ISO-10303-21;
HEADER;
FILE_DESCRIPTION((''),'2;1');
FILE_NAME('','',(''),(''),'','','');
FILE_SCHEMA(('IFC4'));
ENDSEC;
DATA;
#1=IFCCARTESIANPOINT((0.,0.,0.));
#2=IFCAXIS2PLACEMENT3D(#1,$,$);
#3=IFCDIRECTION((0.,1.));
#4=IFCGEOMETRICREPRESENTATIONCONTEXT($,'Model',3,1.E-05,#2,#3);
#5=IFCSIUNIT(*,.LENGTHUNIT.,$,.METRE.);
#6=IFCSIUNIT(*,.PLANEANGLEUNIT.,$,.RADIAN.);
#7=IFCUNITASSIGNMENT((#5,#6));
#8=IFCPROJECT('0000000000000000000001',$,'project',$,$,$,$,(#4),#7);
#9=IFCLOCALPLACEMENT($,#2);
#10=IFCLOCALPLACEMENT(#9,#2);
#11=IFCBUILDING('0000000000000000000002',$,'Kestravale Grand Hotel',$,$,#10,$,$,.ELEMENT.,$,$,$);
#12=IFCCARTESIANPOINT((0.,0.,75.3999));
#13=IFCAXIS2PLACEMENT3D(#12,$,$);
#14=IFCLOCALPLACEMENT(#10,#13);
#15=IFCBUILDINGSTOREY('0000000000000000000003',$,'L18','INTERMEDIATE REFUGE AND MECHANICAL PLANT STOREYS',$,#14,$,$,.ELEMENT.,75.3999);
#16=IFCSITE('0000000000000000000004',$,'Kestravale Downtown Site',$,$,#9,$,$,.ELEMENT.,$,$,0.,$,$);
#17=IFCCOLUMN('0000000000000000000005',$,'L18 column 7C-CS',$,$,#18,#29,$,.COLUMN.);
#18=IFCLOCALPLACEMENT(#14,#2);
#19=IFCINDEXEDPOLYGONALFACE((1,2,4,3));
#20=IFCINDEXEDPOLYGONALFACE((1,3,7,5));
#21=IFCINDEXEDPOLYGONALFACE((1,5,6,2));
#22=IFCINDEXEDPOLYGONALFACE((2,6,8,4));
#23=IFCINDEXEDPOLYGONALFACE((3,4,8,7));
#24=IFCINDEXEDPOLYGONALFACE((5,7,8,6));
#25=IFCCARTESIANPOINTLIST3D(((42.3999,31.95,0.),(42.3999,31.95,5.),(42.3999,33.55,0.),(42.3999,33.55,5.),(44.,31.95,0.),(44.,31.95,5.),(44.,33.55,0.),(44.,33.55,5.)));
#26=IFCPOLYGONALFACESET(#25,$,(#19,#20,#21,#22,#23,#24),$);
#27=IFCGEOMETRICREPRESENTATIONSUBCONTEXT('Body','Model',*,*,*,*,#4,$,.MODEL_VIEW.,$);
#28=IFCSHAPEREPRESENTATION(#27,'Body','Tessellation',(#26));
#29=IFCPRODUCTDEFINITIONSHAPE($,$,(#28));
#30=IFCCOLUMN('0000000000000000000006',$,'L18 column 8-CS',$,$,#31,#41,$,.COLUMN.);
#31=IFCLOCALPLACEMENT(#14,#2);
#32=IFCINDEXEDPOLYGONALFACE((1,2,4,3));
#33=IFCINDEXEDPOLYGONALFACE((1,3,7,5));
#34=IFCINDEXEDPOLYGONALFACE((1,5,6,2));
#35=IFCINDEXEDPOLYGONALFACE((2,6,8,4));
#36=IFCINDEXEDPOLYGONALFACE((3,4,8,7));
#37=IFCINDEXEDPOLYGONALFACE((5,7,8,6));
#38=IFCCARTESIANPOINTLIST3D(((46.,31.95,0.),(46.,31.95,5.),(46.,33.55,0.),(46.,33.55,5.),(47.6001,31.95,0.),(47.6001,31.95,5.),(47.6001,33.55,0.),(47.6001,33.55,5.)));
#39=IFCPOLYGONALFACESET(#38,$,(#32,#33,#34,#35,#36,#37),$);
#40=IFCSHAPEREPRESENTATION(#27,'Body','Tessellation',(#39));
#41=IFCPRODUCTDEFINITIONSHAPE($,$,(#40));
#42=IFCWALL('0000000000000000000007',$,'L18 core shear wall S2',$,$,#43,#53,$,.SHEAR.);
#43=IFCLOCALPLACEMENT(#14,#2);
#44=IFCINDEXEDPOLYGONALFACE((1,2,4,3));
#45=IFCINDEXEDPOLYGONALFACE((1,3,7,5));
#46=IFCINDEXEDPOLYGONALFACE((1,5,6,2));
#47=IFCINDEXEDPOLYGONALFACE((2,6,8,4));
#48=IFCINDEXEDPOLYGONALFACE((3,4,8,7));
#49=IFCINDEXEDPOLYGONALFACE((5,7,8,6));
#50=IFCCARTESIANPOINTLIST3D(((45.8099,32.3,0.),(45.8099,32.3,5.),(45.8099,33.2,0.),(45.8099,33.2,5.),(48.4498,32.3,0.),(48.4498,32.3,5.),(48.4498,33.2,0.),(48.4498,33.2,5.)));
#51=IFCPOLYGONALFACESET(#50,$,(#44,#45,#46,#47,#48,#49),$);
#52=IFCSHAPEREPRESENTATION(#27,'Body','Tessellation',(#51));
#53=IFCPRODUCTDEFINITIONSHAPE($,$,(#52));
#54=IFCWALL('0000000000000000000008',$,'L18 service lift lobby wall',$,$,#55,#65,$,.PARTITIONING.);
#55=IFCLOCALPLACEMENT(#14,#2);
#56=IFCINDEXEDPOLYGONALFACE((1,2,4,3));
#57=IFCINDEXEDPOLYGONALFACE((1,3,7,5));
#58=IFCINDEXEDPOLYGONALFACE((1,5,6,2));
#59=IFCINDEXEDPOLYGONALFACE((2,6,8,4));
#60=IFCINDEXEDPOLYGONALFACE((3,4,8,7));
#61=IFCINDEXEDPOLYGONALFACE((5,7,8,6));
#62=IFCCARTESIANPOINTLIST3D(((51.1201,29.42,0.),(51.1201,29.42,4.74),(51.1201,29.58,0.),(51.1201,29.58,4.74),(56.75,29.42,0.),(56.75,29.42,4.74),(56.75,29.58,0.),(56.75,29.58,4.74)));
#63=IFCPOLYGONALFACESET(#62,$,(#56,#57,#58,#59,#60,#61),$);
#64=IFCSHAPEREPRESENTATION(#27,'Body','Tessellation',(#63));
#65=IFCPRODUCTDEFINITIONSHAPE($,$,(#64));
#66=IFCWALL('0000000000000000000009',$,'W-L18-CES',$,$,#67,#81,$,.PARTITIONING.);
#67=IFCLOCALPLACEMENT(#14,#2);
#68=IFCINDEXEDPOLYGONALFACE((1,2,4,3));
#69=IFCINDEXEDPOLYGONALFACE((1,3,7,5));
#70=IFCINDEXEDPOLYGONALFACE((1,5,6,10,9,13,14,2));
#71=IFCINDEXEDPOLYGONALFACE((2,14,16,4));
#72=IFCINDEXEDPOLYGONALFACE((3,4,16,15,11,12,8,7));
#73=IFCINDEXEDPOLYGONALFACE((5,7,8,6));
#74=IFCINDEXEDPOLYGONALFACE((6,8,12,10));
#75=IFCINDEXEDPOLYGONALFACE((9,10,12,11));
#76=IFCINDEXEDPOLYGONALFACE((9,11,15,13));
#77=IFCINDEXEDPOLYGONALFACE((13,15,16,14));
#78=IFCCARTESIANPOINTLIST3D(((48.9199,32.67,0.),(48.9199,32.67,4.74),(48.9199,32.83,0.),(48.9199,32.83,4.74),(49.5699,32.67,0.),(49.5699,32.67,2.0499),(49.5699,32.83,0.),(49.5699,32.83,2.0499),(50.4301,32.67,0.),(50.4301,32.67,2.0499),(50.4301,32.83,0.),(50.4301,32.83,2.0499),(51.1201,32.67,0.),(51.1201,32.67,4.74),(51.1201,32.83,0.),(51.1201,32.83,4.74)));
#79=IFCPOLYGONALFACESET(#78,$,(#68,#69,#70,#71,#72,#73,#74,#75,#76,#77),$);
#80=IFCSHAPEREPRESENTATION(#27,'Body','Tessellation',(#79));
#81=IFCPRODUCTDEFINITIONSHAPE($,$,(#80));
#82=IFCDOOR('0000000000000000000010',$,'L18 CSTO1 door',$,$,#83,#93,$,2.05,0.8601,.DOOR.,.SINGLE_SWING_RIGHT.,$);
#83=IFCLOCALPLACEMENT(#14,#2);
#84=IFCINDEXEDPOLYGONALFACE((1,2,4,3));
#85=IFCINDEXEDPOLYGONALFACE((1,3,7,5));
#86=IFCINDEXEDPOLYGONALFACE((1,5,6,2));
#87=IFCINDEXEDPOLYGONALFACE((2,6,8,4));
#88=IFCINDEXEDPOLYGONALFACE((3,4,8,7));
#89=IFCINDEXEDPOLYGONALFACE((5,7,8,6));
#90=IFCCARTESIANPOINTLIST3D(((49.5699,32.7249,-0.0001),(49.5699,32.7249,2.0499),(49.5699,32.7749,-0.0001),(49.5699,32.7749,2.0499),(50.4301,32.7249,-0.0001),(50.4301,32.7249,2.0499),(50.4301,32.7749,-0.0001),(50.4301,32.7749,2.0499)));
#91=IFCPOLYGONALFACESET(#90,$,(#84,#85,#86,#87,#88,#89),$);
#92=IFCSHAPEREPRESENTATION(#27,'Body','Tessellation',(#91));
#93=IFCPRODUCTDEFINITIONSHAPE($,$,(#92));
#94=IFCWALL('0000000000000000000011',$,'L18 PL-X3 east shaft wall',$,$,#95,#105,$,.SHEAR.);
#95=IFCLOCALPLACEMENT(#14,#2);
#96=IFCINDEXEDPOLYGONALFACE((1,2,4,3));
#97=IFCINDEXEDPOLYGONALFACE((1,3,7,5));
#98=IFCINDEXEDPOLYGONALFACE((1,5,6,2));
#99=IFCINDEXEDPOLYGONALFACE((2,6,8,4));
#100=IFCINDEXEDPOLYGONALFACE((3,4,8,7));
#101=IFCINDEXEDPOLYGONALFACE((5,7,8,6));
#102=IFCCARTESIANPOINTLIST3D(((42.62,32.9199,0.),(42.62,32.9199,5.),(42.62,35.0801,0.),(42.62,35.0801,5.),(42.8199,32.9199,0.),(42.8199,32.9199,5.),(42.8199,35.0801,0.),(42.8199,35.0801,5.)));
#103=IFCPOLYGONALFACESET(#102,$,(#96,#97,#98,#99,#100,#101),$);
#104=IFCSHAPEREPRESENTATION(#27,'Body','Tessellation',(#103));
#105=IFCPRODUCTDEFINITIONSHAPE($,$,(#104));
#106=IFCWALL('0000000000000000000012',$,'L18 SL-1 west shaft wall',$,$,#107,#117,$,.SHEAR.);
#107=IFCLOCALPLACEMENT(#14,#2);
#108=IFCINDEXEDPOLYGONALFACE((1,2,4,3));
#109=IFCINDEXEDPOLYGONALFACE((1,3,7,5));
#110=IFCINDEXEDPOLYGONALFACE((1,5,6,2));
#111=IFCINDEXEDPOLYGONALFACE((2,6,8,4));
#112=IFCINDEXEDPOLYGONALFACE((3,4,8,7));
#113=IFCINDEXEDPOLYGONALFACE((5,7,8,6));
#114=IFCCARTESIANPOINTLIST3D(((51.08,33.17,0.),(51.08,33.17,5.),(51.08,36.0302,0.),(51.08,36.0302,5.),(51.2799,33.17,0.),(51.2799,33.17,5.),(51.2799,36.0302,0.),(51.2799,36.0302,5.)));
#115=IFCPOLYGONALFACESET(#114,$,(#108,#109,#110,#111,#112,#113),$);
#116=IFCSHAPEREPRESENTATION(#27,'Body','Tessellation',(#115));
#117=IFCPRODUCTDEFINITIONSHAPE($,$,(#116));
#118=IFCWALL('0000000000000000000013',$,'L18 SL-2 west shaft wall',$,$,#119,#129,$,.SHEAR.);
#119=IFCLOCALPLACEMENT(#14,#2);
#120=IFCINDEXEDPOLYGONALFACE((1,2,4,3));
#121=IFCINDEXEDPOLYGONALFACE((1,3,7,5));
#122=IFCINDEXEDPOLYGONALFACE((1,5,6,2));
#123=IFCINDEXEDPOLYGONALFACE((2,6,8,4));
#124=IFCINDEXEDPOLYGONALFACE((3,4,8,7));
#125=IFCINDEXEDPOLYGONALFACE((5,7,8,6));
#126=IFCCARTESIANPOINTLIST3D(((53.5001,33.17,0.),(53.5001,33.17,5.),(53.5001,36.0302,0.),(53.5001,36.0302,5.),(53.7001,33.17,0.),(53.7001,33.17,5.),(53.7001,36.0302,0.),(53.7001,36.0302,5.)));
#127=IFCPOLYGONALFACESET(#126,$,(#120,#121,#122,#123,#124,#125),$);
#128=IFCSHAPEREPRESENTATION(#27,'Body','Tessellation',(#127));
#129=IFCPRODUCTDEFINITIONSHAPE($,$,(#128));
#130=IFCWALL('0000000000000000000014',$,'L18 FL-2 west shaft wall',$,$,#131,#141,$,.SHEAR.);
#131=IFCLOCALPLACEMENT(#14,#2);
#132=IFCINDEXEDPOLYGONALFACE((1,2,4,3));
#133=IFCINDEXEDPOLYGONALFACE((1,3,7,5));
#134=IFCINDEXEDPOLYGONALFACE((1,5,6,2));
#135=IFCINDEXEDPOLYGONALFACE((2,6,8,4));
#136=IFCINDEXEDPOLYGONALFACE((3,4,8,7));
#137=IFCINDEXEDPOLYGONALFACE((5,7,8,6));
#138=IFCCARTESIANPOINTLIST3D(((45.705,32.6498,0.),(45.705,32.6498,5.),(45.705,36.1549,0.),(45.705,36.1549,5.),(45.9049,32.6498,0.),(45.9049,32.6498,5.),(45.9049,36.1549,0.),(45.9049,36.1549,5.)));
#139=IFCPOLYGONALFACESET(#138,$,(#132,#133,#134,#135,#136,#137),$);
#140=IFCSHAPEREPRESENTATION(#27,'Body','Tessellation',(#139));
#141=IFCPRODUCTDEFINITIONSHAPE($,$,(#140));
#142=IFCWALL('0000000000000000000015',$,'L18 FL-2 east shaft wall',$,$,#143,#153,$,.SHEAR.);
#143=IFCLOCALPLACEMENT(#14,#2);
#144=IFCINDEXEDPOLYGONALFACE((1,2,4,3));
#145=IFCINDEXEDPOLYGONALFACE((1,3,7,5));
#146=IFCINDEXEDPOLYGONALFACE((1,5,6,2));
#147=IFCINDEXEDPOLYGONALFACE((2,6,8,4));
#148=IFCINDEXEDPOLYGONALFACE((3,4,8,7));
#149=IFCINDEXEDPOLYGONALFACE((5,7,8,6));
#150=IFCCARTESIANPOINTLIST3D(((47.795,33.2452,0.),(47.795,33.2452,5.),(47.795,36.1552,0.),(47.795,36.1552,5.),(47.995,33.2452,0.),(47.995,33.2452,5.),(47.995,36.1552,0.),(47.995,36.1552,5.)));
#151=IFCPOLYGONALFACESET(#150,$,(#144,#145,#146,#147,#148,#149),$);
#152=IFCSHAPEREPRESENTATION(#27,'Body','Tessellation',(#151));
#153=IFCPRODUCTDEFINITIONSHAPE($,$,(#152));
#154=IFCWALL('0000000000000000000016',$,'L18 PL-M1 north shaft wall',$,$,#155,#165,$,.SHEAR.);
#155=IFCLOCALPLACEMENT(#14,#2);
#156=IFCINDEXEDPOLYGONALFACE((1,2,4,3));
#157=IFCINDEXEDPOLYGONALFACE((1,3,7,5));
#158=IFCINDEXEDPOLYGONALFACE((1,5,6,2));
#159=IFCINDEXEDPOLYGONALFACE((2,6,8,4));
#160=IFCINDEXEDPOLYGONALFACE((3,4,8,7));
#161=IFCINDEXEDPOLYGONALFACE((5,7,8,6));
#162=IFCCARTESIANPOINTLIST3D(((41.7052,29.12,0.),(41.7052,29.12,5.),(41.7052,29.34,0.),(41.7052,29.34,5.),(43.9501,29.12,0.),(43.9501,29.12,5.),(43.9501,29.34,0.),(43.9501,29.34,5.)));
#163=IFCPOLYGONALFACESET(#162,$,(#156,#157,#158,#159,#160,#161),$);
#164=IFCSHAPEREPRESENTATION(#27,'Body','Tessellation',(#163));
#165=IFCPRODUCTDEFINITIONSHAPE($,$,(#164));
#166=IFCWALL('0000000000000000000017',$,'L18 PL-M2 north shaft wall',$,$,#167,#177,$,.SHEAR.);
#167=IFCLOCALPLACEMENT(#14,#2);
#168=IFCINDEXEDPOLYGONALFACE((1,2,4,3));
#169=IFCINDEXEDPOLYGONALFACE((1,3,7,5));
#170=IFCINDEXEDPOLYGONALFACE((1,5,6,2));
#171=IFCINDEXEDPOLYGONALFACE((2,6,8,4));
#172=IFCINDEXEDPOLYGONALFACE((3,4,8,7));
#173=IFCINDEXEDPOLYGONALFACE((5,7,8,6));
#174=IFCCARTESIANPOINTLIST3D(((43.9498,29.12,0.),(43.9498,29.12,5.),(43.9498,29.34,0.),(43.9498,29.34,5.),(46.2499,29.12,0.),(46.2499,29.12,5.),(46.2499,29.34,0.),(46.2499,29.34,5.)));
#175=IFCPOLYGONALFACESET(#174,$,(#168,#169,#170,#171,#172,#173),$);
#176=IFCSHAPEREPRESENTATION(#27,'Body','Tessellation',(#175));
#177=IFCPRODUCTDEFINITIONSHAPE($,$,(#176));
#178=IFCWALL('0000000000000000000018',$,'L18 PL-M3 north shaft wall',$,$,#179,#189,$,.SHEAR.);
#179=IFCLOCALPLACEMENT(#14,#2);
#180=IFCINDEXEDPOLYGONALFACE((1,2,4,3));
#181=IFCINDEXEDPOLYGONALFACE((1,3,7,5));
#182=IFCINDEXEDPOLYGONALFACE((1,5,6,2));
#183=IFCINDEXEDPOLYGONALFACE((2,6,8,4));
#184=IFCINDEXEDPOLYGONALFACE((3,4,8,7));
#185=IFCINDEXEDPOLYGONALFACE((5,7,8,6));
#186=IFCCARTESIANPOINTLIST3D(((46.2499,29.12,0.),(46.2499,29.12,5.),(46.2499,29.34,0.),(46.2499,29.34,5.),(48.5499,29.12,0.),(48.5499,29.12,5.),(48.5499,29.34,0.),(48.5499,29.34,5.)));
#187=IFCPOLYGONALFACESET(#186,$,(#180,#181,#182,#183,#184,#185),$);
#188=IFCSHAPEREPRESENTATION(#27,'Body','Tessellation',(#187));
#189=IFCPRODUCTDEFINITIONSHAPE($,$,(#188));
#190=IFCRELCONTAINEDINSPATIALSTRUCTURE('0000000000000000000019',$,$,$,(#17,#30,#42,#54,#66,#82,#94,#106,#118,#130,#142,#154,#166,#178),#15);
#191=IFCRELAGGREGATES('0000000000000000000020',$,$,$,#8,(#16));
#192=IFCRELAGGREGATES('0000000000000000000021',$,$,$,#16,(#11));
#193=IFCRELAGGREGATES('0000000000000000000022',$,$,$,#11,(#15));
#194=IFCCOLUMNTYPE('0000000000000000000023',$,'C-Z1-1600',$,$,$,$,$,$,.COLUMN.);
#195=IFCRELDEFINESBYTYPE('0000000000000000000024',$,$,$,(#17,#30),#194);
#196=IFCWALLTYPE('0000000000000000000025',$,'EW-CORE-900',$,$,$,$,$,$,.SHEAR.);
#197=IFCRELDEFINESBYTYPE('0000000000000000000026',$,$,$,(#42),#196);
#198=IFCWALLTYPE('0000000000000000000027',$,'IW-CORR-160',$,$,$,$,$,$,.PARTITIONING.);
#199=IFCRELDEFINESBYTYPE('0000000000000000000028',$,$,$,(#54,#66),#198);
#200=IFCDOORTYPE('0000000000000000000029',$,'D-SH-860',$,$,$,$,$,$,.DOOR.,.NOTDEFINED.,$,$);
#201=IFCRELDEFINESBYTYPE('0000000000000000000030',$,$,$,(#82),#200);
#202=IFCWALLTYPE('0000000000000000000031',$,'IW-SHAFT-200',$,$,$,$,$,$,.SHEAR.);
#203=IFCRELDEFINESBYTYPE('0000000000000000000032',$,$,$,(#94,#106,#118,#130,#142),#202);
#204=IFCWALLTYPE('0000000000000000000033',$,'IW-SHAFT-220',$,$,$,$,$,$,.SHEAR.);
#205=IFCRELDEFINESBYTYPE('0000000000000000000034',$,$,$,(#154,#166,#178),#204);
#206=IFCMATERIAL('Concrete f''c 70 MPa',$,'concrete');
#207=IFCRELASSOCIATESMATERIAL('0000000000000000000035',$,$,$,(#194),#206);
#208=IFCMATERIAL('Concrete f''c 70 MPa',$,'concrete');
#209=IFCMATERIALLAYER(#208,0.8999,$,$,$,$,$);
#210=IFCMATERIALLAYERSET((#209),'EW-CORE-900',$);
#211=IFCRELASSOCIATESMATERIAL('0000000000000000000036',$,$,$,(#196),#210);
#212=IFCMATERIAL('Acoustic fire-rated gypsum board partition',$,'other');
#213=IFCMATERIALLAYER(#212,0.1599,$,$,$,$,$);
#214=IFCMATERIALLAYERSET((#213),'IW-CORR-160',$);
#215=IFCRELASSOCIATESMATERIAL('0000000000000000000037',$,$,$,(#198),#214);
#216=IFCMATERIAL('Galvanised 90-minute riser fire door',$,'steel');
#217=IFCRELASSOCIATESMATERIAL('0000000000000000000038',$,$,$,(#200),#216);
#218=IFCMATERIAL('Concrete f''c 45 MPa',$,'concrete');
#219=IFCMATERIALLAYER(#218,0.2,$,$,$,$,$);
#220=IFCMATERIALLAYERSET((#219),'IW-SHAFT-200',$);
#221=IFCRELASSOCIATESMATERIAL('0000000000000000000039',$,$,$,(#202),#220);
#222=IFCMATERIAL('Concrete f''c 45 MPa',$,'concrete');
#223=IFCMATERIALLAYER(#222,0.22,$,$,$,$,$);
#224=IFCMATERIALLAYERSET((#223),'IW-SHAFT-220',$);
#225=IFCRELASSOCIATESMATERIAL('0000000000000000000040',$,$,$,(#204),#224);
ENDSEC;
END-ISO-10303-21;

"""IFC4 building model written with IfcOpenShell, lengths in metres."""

from ifc_helpers import new_model, si_unit, direction, frame, frame_2d, origin, origin_2d, place, context, subcontext, project, spatial, rectangle, extrude, material, layer, layer_set, material_profile, profile_set, type_object, element, fill, save


model = new_model("IFC4")

# Units and contexts
model_context = context("Model", 3, precision=1e-05, world=origin(), true_north=direction((0.0, 1.0)))
body_context = subcontext(model_context, "Body", "Model", "MODEL_VIEW")
ifc_project = project(units=[si_unit("LENGTHUNIT", "METRE"), si_unit("PLANEANGLEUNIT", "RADIAN")], contexts=[model_context])

# Site, building, storey
site_placement = place(None, origin())
site = spatial("IfcSite", under=ifc_project, at=site_placement, Name="Kestravale Downtown Site", CompositionType="ELEMENT", RefElevation=0.0)
building_placement = place(site_placement, origin())
building = spatial("IfcBuilding", under=site, at=building_placement, Name="Kestravale Grand Hotel", CompositionType="ELEMENT")
storey_placement = place(building_placement, frame((0.0, 0.0, 75.3999)))
storey = spatial("IfcBuildingStorey", under=building, at=storey_placement, Name="L18", Description="INTERMEDIATE REFUGE AND MECHANICAL PLANT STOREYS", CompositionType="ELEMENT", Elevation=75.3999)

# Columns
ifc_material_1 = material(Name="Concrete f'c 70 MPa", Category="concrete")
ifc_material_profile = material_profile(ifc_material_1, rectangle(XDim=1.6001, YDim=1.6001, at=origin_2d()))
ifc_profile_set = profile_set([ifc_material_profile], Name="Concrete f'c 70 MPa")
column_type = type_object("IfcColumnType", Name="C-Z1-1600", PredefinedType="COLUMN", material=ifc_profile_set)
for number, where, z_axis, x_axis, name in (
    (1, (43.2, 32.75, 0.0), (0.0, 0.0, 1.0), (1.0, 0.0, 0.0), "L18 column 7C-CS"),
    (2, (46.8, 32.75, 0.0), (0.0, 0.0, 1.0), (1.0, 0.0, 0.0), "L18 column 8-CS"),
):
    element("IfcColumn", number, at=place(storey_placement, frame(where, z_axis=z_axis, x_axis=x_axis)), inside=storey, type_object=column_type, Name=name, PredefinedType="COLUMN", context=body_context, shape_type="SweptSolid", body=[
        extrude(rectangle(XDim=1.6001, YDim=1.6001, at=origin_2d()), origin(), (0.0, 0.0, 1.0), 5.0),
    ])

# Wall
ifc_material_2 = material(Name="Concrete f'c 70 MPa", Category="concrete")
ifc_layer_1 = layer(ifc_material_2, 0.8999)
ifc_layer_set_1 = layer_set([ifc_layer_1], Name="EW-CORE-900")
wall_type_1 = type_object("IfcWallType", Name="EW-CORE-900", PredefinedType="SHEAR", material=ifc_layer_set_1)
wall_1_placement = place(storey_placement, frame((45.8101, 32.75, 0.0), z_axis=(0.0, 0.0, 1.0), x_axis=(1.0, 0.0, 0.0)))
element("IfcWall", 3, at=wall_1_placement, inside=storey, type_object=wall_type_1, Name="L18 core shear wall S2", PredefinedType="SHEAR", context=body_context, shape_type="SweptSolid", body=[
    extrude(rectangle(XDim=2.6399, YDim=0.8999, at=frame_2d((1.3198, 0.0))), origin(), (0.0, 0.0, 1.0), 5.0),
])

# Shared definitions
ifc_material_3 = material(Name="Acoustic fire-rated gypsum board partition", Category="other")
ifc_layer_2 = layer(ifc_material_3, 0.1599)
ifc_layer_set_2 = layer_set([ifc_layer_2], Name="IW-CORR-160")
wall_type_2 = type_object("IfcWallType", Name="IW-CORR-160", PredefinedType="PARTITIONING", material=ifc_layer_set_2)

# Wall
wall_2_placement = place(storey_placement, frame((51.1201, 29.5, 0.0), z_axis=(0.0, 0.0, 1.0), x_axis=(1.0, 0.0, 0.0)))
element("IfcWall", 4, at=wall_2_placement, inside=storey, type_object=wall_type_2, Name="L18 service lift lobby wall", PredefinedType="PARTITIONING", context=body_context, shape_type="SweptSolid", body=[
    extrude(rectangle(XDim=5.6299, YDim=0.1599, at=frame_2d((2.8149, 0.0))), origin(), (0.0, 0.0, 1.0), 4.74),
])

# Wall, opening, door
wall_3_placement = place(storey_placement, frame((48.9199, 32.75, 0.0), z_axis=(0.0, 0.0, 1.0), x_axis=(1.0, 0.0, 0.0)))
wall_3 = element("IfcWall", 5, at=wall_3_placement, inside=storey, type_object=wall_type_2, Name="W-L18-CES", PredefinedType="PARTITIONING", context=body_context, shape_type="SweptSolid", body=[
    extrude(rectangle(XDim=2.2002, YDim=0.1599, at=frame_2d((1.1001, 0.0))), origin(), (0.0, 0.0, 1.0), 4.74),
])
opening_1_placement = place(wall_3_placement, frame((0.6499, 0.0, 0.0)))
opening_1 = element("IfcOpeningElement", 6, at=opening_1_placement, cuts=wall_3, PredefinedType="OPENING", context=body_context, shape_type="SweptSolid", body=[
    extrude(rectangle(XDim=0.8601, YDim=2.05, at=frame_2d((0.4302, 1.0249))), frame((0.0, 0.0898, 0.0), z_axis=(0.0, -1.0, 0.0), x_axis=(1.0, 0.0, 0.0)), (0.0, 0.0, 1.0), 0.1799),
])
ifc_material_4 = material(Name="Galvanised 90-minute riser fire door", Category="steel")
door_type_1 = type_object("IfcDoorType", Name="D-SH-860", OperationType="NOTDEFINED", PredefinedType="DOOR", material=ifc_material_4)
door_1_placement = place(opening_1_placement, origin())
door_1 = element("IfcDoor", 7, at=door_1_placement, inside=storey, type_object=door_type_1, Name="L18 CSTO1 door", OperationType="SINGLE_SWING_RIGHT", OverallHeight=2.05, OverallWidth=0.8601, PredefinedType="DOOR", context=body_context, shape_type="SweptSolid", body=[
    extrude(rectangle(XDim=0.8601, YDim=2.05, at=frame_2d((0.4302, 1.0249))), frame((0.0, 0.0249, 0.0), z_axis=(0.0, -1.0, 0.0), x_axis=(1.0, 0.0, 0.0)), (0.0, 0.0, 1.0), 0.05),
])
fill(opening_1, door_1)

# Walls
ifc_material_5 = material(Name="Concrete f'c 45 MPa", Category="concrete")
ifc_layer_3 = layer(ifc_material_5, 0.2)
ifc_layer_set_3 = layer_set([ifc_layer_3], Name="IW-SHAFT-200")
wall_type_3 = type_object("IfcWallType", Name="IW-SHAFT-200", PredefinedType="SHEAR", material=ifc_layer_set_3)
wall_4_placement = place(storey_placement, frame((42.72, 32.9199, 0.0), z_axis=(0.0, 0.0, 1.0), x_axis=(0.0, 1.0, 0.0)))
element("IfcWall", 8, at=wall_4_placement, inside=storey, type_object=wall_type_3, Name="L18 PL-X3 east shaft wall", PredefinedType="SHEAR", context=body_context, shape_type="SweptSolid", body=[
    extrude(rectangle(XDim=2.1602, YDim=0.2, at=frame_2d((1.0801, 0.0))), origin(), (0.0, 0.0, 1.0), 5.0),
])
for number, where, z_axis, x_axis, name in (
    (9, (51.1799, 33.1699, 0.0), (0.0, 0.0, 1.0), (0.0, 1.0, 0.0), "L18 SL-1 west shaft wall"),
    (10, (53.6001, 33.1699, 0.0), (0.0, 0.0, 1.0), (0.0, 1.0, 0.0), "L18 SL-2 west shaft wall"),
):
    element("IfcWall", number, at=place(storey_placement, frame(where, z_axis=z_axis, x_axis=x_axis)), inside=storey, type_object=wall_type_3, Name=name, PredefinedType="SHEAR", context=body_context, shape_type="SweptSolid", body=[
        extrude(rectangle(XDim=2.8601, YDim=0.2, at=frame_2d((1.4302, 0.0))), origin(), (0.0, 0.0, 1.0), 5.0),
    ])
wall_5_placement = place(storey_placement, frame((45.8049, 32.6499, 0.0), z_axis=(0.0, 0.0, 1.0), x_axis=(0.0, 1.0, 0.0)))
element("IfcWall", 11, at=wall_5_placement, inside=storey, type_object=wall_type_3, Name="L18 FL-2 west shaft wall", PredefinedType="SHEAR", context=body_context, shape_type="SweptSolid", body=[
    extrude(rectangle(XDim=3.5051, YDim=0.2, at=frame_2d((1.7524, 0.0))), origin(), (0.0, 0.0, 1.0), 5.0),
])
wall_6_placement = place(storey_placement, frame((47.895, 33.2451, 0.0), z_axis=(0.0, 0.0, 1.0), x_axis=(0.0, 1.0, 0.0)))
element("IfcWall", 12, at=wall_6_placement, inside=storey, type_object=wall_type_3, Name="L18 FL-2 east shaft wall", PredefinedType="SHEAR", context=body_context, shape_type="SweptSolid", body=[
    extrude(rectangle(XDim=2.9099, YDim=0.2, at=frame_2d((1.4551, 0.0))), origin(), (0.0, 0.0, 1.0), 5.0),
])
ifc_material_6 = material(Name="Concrete f'c 45 MPa", Category="concrete")
ifc_layer_4 = layer(ifc_material_6, 0.22)
ifc_layer_set_4 = layer_set([ifc_layer_4], Name="IW-SHAFT-220")
wall_type_4 = type_object("IfcWallType", Name="IW-SHAFT-220", PredefinedType="SHEAR", material=ifc_layer_set_4)
wall_7_placement = place(storey_placement, frame((41.7051, 29.23, 0.0), z_axis=(0.0, 0.0, 1.0), x_axis=(1.0, 0.0, 0.0)))
element("IfcWall", 13, at=wall_7_placement, inside=storey, type_object=wall_type_4, Name="L18 PL-M1 north shaft wall", PredefinedType="SHEAR", context=body_context, shape_type="SweptSolid", body=[
    extrude(rectangle(XDim=2.2449, YDim=0.22, at=frame_2d((1.1226, 0.0))), origin(), (0.0, 0.0, 1.0), 5.0),
])
for number, where, z_axis, x_axis, name in (
    (14, (43.95, 29.23, 0.0), (0.0, 0.0, 1.0), (1.0, 0.0, 0.0), "L18 PL-M2 north shaft wall"),
    (15, (46.25, 29.23, 0.0), (0.0, 0.0, 1.0), (1.0, 0.0, 0.0), "L18 PL-M3 north shaft wall"),
):
    element("IfcWall", number, at=place(storey_placement, frame(where, z_axis=z_axis, x_axis=x_axis)), inside=storey, type_object=wall_type_4, Name=name, PredefinedType="SHEAR", context=body_context, shape_type="SweptSolid", body=[
        extrude(rectangle(XDim=2.3, YDim=0.22, at=frame_2d((1.1499, 0.0))), origin(), (0.0, 0.0, 1.0), 5.0),
    ])

save(model, "model.ifc")
